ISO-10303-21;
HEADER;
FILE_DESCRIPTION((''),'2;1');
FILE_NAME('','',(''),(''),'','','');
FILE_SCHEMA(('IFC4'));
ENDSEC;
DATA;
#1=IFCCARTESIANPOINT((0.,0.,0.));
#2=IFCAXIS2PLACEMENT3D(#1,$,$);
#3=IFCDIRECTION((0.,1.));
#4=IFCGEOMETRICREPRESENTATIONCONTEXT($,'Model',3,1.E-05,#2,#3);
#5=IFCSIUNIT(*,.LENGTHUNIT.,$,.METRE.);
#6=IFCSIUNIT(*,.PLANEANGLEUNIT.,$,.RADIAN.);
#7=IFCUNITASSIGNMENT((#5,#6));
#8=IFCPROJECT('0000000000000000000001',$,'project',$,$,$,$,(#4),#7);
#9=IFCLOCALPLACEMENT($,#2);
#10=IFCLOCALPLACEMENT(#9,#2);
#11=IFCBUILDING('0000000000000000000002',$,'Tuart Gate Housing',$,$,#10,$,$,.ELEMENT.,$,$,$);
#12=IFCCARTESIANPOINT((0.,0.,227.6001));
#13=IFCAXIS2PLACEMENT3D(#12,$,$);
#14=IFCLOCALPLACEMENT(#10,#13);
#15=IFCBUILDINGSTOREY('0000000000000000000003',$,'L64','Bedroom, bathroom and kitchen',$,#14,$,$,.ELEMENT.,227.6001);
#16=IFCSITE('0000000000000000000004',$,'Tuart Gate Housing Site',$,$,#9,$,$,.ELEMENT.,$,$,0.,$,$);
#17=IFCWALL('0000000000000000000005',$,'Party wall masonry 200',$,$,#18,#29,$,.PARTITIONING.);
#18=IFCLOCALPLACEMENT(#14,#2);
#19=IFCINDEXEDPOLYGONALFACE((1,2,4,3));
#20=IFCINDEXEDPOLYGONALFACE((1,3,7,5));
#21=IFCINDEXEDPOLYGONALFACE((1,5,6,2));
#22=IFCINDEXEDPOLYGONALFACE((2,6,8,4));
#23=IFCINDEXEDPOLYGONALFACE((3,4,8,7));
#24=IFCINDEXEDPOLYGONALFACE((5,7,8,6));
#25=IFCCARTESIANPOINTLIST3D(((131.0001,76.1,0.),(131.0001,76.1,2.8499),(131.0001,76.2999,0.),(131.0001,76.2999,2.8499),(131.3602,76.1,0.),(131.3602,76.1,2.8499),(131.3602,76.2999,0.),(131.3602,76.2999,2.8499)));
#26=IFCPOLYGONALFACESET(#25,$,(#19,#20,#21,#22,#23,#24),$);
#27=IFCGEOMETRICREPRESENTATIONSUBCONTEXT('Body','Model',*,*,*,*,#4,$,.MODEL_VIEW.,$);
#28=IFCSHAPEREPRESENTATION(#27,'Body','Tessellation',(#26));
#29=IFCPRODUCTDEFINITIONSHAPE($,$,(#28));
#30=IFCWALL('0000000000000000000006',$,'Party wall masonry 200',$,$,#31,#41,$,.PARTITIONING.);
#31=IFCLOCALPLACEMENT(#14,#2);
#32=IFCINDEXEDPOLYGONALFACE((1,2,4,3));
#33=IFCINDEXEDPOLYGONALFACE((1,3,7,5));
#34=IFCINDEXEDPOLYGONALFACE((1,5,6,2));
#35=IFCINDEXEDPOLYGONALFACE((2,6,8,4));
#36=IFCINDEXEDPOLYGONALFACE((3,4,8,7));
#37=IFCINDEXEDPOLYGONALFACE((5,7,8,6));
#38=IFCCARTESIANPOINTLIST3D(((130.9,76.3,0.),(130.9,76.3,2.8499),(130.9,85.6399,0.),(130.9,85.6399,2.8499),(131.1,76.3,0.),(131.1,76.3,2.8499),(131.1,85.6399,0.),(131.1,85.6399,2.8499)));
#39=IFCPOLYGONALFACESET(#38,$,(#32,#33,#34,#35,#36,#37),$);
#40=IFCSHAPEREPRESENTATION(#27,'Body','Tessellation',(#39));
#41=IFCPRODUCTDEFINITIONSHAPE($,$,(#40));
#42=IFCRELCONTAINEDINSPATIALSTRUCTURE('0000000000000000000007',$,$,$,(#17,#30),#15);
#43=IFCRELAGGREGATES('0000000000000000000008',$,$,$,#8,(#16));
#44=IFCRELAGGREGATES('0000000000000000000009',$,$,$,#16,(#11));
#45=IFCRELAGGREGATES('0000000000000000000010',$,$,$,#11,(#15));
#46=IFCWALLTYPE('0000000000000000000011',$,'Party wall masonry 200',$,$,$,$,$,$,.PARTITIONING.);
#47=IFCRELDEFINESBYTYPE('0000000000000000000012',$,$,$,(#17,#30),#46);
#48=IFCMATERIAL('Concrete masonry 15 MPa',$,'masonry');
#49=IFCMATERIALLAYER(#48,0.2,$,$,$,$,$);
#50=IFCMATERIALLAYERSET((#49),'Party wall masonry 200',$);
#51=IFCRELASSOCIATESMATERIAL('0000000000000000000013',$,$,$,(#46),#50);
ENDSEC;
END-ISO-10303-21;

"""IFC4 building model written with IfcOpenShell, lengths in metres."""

from ifc_helpers import new_model, si_unit, direction, frame, frame_2d, origin, place, context, subcontext, project, spatial, rectangle, extrude, material, layer, layer_set, type_object, element, save


model = new_model("IFC4")

# Units and contexts
model_context = context("Model", 3, precision=1e-05, world=origin(), true_north=direction((0.0, 1.0)))
body_context = subcontext(model_context, "Body", "Model", "MODEL_VIEW")
ifc_project = project(units=[si_unit("LENGTHUNIT", "METRE"), si_unit("PLANEANGLEUNIT", "RADIAN")], contexts=[model_context])

# Site, building, storey
site_placement = place(None, origin())
site = spatial("IfcSite", under=ifc_project, at=site_placement, Name="Tuart Gate Housing Site", CompositionType="ELEMENT", RefElevation=0.0)
building_placement = place(site_placement, origin())
building = spatial("IfcBuilding", under=site, at=building_placement, Name="Tuart Gate Housing", CompositionType="ELEMENT")
storey_placement = place(building_placement, frame((0.0, 0.0, 227.6001)))
storey = spatial("IfcBuildingStorey", under=building, at=storey_placement, Name="L64", Description="Bedroom, bathroom and kitchen", CompositionType="ELEMENT", Elevation=227.6001)

# Walls
ifc_material = material(Name="Concrete masonry 15 MPa", Category="masonry")
ifc_layer = layer(ifc_material, 0.2)
ifc_layer_set = layer_set([ifc_layer], Name="Party wall masonry 200")
wall_type = type_object("IfcWallType", Name="Party wall masonry 200", PredefinedType="PARTITIONING", material=ifc_layer_set)
wall_1_placement = place(storey_placement, frame((131.0, 76.2, 0.0), z_axis=(0.0, 0.0, 1.0), x_axis=(1.0, 0.0, 0.0)))
element("IfcWall", 1, at=wall_1_placement, inside=storey, type_object=wall_type, Name="Party wall masonry 200", PredefinedType="PARTITIONING", context=body_context, shape_type="SweptSolid", body=[
    extrude(rectangle(XDim=0.3601, YDim=0.2, at=frame_2d((0.1802, 0.0))), origin(), (0.0, 0.0, 1.0), 2.8499),
])
wall_2_placement = place(storey_placement, frame((131.0, 76.3, 0.0), z_axis=(0.0, 0.0, 1.0), x_axis=(0.0, 1.0, 0.0)))
element("IfcWall", 2, at=wall_2_placement, inside=storey, type_object=wall_type, Name="Party wall masonry 200", PredefinedType="PARTITIONING", context=body_context, shape_type="SweptSolid", body=[
    extrude(rectangle(XDim=9.3398, YDim=0.2, at=frame_2d((4.6699, 0.0))), origin(), (0.0, 0.0, 1.0), 2.8499),
])

save(model, "model.ifc")
